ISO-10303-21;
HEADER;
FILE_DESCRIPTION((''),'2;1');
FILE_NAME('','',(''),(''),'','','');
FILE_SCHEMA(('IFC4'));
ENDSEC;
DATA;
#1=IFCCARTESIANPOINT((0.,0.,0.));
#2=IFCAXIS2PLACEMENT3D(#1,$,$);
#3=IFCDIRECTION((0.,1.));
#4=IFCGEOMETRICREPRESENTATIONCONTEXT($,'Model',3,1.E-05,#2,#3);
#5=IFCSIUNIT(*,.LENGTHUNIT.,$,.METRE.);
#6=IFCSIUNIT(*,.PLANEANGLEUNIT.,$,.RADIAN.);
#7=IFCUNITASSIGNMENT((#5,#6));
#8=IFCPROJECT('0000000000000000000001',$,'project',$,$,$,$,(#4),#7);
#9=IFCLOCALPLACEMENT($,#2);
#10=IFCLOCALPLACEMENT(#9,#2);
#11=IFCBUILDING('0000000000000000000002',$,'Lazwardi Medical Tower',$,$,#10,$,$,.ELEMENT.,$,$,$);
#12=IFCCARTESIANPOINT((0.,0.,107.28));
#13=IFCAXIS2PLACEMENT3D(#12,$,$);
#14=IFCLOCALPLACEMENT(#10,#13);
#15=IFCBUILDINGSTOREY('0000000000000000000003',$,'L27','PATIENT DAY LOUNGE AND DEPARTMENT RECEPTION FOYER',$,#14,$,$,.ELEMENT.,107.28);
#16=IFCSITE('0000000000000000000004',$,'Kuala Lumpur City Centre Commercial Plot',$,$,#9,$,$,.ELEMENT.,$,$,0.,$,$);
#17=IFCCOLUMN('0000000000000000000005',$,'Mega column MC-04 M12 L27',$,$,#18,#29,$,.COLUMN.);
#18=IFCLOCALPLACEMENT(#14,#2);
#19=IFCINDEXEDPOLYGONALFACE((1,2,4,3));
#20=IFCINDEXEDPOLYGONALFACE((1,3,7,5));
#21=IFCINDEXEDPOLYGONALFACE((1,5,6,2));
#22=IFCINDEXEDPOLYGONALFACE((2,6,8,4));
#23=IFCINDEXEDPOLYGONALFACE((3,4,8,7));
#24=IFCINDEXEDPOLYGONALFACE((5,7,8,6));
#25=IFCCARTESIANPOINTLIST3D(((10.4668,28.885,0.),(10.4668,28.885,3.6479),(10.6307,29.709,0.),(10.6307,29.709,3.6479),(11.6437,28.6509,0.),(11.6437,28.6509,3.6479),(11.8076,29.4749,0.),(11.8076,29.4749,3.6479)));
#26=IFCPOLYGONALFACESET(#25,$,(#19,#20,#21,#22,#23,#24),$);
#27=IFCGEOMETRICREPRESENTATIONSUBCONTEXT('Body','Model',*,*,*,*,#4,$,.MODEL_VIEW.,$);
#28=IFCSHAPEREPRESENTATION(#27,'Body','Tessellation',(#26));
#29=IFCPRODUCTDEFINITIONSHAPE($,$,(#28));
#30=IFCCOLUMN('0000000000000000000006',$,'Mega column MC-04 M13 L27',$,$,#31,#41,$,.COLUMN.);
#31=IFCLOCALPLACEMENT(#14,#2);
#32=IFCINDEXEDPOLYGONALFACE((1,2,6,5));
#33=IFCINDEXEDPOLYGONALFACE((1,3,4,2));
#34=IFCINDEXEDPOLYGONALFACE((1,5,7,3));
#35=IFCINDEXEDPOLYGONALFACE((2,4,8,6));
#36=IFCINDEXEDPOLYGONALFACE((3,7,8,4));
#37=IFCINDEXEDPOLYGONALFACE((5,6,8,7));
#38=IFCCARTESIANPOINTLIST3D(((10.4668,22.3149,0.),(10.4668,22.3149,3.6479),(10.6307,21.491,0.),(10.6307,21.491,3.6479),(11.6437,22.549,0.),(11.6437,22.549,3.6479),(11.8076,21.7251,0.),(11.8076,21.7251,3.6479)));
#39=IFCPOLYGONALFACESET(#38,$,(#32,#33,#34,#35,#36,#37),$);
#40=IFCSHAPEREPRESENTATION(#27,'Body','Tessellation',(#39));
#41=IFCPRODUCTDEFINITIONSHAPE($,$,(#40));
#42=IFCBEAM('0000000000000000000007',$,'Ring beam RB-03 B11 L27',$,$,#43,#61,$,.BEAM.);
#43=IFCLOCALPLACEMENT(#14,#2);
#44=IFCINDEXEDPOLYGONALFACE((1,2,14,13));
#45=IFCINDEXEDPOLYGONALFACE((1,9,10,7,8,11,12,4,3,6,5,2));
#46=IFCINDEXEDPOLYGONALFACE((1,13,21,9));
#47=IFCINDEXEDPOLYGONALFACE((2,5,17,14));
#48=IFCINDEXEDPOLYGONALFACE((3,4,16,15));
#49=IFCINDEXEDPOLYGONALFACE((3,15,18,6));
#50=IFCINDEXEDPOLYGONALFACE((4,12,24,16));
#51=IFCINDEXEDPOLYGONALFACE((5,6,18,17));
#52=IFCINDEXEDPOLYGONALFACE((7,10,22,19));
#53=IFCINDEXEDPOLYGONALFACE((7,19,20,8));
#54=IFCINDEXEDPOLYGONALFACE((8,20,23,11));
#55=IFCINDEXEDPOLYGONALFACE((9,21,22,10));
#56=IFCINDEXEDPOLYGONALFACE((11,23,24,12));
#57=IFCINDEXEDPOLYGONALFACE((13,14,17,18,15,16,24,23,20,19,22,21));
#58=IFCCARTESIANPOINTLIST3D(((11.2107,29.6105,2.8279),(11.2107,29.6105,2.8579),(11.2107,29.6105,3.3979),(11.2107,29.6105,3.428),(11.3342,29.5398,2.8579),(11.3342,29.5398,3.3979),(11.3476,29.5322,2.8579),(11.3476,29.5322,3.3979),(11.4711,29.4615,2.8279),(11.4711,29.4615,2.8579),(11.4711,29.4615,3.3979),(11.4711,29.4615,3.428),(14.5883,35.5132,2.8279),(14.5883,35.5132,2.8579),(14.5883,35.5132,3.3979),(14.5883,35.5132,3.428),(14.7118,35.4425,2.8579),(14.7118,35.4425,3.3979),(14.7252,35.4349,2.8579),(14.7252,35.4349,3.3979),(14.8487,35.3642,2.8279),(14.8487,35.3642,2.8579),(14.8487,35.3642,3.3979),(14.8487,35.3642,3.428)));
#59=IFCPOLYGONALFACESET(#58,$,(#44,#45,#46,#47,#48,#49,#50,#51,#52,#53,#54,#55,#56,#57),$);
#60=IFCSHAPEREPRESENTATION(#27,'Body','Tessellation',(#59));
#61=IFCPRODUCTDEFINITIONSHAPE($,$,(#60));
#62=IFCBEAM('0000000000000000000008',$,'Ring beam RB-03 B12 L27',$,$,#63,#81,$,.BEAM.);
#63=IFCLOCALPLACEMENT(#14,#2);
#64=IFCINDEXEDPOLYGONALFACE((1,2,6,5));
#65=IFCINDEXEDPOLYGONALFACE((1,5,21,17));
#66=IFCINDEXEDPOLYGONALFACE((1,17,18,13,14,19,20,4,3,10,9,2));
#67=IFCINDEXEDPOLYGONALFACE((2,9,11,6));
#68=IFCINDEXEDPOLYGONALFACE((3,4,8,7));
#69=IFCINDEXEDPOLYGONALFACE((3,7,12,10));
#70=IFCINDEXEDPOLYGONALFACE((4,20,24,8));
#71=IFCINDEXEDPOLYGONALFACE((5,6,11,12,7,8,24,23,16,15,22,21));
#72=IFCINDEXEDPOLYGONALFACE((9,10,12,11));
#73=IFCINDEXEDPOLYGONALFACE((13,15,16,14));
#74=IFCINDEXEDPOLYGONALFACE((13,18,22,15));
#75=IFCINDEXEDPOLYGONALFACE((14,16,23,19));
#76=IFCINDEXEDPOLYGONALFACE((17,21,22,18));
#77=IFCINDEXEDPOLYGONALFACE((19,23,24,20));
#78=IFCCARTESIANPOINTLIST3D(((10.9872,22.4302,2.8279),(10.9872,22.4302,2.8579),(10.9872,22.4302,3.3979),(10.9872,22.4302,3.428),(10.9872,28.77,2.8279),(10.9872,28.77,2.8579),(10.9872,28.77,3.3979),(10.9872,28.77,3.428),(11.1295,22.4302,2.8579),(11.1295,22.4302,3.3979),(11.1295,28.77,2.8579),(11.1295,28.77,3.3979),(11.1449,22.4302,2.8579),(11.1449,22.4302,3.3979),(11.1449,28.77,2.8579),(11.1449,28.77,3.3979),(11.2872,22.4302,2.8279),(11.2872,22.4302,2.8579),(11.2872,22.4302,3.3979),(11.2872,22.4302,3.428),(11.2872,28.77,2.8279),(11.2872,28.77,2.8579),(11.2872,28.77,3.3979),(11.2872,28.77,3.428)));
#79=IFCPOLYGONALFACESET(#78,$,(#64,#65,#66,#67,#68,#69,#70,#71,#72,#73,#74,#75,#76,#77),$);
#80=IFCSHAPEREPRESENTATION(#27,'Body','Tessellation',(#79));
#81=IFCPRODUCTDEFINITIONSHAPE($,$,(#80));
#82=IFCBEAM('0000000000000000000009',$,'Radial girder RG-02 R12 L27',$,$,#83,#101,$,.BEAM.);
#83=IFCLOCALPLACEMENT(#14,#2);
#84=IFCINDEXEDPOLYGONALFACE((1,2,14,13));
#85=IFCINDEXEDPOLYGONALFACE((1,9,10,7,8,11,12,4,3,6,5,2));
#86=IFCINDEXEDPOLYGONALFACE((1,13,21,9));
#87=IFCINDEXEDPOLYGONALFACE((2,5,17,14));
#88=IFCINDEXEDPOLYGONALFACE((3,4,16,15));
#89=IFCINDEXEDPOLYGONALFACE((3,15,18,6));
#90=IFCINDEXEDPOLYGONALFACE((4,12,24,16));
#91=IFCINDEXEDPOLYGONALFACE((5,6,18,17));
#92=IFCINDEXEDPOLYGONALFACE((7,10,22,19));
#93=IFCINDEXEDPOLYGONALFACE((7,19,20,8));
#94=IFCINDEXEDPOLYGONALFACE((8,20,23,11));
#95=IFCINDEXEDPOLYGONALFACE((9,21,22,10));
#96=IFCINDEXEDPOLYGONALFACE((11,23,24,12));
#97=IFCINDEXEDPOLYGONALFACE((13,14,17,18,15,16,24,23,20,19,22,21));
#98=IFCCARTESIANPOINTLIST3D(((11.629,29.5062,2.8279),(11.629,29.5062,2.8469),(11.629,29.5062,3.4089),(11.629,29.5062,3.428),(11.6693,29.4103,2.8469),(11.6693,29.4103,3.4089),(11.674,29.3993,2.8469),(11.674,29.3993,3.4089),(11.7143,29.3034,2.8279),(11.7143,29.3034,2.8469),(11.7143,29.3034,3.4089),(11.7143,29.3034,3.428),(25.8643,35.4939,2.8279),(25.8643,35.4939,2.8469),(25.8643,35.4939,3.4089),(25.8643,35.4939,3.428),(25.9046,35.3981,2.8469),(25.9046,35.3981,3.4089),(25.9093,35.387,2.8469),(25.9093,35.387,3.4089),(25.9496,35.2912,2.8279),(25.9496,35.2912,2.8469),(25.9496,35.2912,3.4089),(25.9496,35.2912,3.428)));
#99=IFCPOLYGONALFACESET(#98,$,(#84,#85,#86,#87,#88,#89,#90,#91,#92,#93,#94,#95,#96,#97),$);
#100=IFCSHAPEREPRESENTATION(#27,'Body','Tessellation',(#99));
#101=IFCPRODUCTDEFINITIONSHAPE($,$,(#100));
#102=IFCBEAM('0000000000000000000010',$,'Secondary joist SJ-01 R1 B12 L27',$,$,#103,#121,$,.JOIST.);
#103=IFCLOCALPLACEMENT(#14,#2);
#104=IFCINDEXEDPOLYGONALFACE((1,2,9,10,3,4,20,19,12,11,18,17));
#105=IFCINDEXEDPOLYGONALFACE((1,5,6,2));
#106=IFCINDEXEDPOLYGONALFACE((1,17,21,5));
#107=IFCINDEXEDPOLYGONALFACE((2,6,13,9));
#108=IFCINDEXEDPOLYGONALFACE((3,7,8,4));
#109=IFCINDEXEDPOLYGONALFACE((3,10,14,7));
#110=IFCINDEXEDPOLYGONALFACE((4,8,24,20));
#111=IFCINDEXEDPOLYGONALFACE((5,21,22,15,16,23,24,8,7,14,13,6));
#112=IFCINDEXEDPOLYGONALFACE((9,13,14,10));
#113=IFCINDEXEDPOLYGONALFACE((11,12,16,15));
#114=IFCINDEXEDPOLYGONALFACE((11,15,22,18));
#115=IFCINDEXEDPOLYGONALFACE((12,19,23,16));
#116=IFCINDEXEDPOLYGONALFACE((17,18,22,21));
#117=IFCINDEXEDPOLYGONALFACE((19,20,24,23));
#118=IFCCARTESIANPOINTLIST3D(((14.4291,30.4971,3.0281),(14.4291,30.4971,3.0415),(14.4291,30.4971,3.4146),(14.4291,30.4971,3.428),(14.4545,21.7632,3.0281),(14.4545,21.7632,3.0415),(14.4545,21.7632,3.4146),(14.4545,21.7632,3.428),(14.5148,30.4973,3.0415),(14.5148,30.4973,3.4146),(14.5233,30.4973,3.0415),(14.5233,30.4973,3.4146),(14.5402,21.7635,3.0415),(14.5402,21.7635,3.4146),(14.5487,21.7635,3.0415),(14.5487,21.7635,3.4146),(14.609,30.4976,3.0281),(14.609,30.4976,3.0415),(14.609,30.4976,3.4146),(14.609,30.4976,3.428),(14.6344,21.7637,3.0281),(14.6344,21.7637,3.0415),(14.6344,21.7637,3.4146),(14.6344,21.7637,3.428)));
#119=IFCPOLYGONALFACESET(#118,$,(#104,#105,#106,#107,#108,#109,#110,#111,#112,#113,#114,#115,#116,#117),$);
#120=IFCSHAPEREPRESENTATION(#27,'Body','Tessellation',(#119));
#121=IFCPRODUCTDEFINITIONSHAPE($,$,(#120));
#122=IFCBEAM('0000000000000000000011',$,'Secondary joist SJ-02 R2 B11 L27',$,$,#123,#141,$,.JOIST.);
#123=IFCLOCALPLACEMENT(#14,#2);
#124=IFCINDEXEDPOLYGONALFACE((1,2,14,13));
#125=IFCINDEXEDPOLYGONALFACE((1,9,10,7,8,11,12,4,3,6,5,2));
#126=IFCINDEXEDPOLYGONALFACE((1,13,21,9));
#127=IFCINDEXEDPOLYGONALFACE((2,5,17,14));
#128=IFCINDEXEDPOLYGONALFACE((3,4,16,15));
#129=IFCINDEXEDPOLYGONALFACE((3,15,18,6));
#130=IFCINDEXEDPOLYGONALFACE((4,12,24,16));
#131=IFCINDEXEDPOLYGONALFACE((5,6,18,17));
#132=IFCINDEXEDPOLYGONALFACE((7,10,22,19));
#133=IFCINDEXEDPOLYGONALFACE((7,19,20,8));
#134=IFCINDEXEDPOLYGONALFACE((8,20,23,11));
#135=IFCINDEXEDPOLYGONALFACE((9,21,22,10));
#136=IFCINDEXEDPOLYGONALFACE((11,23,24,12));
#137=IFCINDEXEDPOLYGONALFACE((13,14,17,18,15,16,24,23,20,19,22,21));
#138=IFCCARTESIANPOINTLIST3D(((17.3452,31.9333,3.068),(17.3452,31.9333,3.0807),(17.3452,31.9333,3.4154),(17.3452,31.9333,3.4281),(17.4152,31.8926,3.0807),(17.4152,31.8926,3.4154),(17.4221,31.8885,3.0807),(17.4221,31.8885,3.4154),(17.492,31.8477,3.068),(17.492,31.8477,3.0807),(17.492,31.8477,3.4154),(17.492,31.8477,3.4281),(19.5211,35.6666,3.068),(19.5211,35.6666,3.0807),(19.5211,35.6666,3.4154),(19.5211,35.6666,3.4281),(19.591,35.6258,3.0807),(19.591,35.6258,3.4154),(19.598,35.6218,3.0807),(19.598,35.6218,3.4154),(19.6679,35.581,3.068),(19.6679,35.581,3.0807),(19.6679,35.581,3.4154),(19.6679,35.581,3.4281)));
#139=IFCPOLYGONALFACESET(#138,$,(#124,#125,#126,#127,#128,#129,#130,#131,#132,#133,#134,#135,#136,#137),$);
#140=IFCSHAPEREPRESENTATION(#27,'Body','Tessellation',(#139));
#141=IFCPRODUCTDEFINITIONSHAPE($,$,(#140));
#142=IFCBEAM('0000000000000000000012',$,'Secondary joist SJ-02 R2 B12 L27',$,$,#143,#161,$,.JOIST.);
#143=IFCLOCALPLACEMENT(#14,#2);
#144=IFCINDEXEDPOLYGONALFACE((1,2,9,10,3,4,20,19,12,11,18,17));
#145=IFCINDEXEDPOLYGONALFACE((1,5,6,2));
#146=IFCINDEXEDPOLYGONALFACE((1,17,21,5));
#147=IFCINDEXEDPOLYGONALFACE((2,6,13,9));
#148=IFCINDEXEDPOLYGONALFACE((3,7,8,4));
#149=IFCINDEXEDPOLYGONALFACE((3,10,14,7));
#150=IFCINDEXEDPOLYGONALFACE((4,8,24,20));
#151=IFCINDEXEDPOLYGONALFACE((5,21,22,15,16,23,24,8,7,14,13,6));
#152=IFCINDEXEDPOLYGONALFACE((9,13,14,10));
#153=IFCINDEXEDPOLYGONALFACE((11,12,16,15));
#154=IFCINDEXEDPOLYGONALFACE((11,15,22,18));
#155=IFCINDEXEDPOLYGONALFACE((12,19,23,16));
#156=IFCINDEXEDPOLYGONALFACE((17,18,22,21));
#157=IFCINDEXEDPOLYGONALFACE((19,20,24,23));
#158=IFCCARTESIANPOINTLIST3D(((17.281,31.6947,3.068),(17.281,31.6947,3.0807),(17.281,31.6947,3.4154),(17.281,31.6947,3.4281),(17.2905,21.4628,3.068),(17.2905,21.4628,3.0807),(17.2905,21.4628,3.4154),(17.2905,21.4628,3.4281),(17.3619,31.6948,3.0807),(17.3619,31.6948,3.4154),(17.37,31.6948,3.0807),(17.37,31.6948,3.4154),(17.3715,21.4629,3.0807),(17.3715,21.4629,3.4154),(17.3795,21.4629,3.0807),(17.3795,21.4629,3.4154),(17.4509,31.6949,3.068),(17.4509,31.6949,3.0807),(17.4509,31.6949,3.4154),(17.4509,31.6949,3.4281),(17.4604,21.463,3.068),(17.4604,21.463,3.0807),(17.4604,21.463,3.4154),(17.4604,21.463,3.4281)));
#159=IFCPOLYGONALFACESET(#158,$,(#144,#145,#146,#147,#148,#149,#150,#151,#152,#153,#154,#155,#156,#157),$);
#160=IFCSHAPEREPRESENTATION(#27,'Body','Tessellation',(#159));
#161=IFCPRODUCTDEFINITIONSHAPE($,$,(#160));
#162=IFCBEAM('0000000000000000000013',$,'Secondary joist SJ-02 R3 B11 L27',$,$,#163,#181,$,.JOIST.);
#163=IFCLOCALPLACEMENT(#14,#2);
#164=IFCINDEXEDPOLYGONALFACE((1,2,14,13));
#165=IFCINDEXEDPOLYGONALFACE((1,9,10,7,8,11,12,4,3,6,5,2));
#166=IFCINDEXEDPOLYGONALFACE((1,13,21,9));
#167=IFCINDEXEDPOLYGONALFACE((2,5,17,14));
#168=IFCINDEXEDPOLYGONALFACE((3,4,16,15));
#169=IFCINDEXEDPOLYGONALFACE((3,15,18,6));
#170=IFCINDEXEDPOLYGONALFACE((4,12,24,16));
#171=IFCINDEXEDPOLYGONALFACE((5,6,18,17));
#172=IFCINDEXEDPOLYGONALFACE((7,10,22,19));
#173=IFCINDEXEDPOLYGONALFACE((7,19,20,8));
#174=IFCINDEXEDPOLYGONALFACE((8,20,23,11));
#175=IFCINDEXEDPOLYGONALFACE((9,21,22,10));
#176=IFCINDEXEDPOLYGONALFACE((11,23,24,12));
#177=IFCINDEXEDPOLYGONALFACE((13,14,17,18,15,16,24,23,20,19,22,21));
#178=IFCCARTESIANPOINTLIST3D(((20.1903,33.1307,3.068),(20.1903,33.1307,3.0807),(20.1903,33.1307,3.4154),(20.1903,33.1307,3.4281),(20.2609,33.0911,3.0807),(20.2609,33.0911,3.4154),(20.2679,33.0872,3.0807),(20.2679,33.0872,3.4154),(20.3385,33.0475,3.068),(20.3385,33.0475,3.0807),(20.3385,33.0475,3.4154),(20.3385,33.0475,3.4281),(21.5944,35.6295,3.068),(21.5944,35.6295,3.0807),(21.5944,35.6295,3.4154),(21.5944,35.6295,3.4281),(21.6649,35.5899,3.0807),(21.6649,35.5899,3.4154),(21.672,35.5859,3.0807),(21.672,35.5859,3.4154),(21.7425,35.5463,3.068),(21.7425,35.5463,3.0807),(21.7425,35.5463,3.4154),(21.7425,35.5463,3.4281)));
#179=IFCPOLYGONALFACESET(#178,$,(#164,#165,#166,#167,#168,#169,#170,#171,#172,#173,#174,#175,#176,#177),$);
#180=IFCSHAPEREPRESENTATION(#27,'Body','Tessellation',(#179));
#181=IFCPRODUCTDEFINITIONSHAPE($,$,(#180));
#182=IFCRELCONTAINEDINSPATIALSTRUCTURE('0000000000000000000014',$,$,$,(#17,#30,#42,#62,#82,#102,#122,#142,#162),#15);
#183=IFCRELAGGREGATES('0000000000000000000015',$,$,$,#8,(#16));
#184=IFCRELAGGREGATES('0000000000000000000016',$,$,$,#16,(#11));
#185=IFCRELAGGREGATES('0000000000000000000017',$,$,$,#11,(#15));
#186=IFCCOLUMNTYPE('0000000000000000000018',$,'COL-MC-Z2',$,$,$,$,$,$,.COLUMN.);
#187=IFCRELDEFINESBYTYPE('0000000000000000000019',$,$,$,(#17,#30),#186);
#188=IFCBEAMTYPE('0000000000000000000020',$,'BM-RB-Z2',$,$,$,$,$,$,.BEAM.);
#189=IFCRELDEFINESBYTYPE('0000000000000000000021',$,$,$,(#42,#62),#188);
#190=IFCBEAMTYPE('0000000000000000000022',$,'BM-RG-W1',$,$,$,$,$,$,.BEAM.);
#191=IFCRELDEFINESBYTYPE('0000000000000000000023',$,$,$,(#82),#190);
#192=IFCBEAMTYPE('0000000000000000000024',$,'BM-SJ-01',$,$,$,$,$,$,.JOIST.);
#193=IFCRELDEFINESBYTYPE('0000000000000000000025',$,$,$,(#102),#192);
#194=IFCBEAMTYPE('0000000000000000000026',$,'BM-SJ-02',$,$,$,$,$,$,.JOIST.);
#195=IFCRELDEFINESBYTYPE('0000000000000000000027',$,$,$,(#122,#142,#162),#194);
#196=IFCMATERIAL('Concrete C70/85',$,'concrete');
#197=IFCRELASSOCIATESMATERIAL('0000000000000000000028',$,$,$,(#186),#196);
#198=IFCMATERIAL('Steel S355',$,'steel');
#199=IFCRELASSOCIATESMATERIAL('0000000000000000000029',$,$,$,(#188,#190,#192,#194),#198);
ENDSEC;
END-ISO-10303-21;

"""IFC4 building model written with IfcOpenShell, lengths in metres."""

from ifc_helpers import new_model, si_unit, direction, frame, origin, origin_2d, place, context, subcontext, project, spatial, rectangle, i_section, extrude, material, material_profile, profile_set, type_object, element, save


model = new_model("IFC4")

# Units and contexts
model_context = context("Model", 3, precision=1e-05, world=origin(), true_north=direction((0.0, 1.0)))
body_context = subcontext(model_context, "Body", "Model", "MODEL_VIEW")
ifc_project = project(units=[si_unit("LENGTHUNIT", "METRE"), si_unit("PLANEANGLEUNIT", "RADIAN")], contexts=[model_context])

# Site, building, storey
site_placement = place(None, origin())
site = spatial("IfcSite", under=ifc_project, at=site_placement, Name="Kuala Lumpur City Centre Commercial Plot", CompositionType="ELEMENT", RefElevation=0.0)
building_placement = place(site_placement, origin())
building = spatial("IfcBuilding", under=site, at=building_placement, Name="Lazwardi Medical Tower", CompositionType="ELEMENT")
storey_placement = place(building_placement, frame((0.0, 0.0, 107.28)))
storey = spatial("IfcBuildingStorey", under=building, at=storey_placement, Name="L27", Description="PATIENT DAY LOUNGE AND DEPARTMENT RECEPTION FOYER", CompositionType="ELEMENT", Elevation=107.28)

# Columns
ifc_material_1 = material(Name="Concrete C70/85", Category="concrete")
ifc_material_profile_1 = material_profile(ifc_material_1, rectangle(XDim=1.2, YDim=0.8401, at=origin_2d()), Name="CFT-RECT 1200x840")
ifc_profile_set_1 = profile_set([ifc_material_profile_1], Name="Concrete C70/85")
column_type = type_object("IfcColumnType", Name="COL-MC-Z2", PredefinedType="COLUMN", material=ifc_profile_set_1)
for number, where, z_axis, x_axis, name in (
    (1, (11.1372, 29.1799, 0.0), (0.0, 0.0, 1.0), (-0.980785, 0.19509, 0.0), "Mega column MC-04 M12 L27"),
    (2, (11.1372, 22.02, 0.0), (0.0, 0.0, 1.0), (-0.980785, -0.19509, 0.0), "Mega column MC-04 M13 L27"),
):
    element("IfcColumn", number, at=place(storey_placement, frame(where, z_axis=z_axis, x_axis=x_axis)), inside=storey, type_object=column_type, Name=name, PredefinedType="COLUMN", context=body_context, shape_type="SweptSolid", body=[
        extrude(rectangle(XDim=1.2, YDim=0.8401, at=origin_2d()), origin(), (0.0, 0.0, 1.0), 3.6479),
    ])

# Beams
ifc_material_2 = material(Name="Steel S355", Category="steel")
ifc_material_profile_2 = material_profile(ifc_material_2, i_section(OverallWidth=0.3, OverallDepth=0.6001, WebThickness=0.0154, FlangeThickness=0.03, at=origin_2d()), Name="HEB 600")
ifc_profile_set_2 = profile_set([ifc_material_profile_2], Name="Steel S355")
beam_type_1 = type_object("IfcBeamType", Name="BM-RB-Z2", PredefinedType="BEAM", material=ifc_profile_set_2)
beam_1_placement = place(storey_placement, frame((14.7185, 35.4387, 3.1279), z_axis=(-0.496653, -0.867949, 0.0), x_axis=(0.867949, -0.496653, 0.0)))
element("IfcBeam", 3, at=beam_1_placement, inside=storey, type_object=beam_type_1, Name="Ring beam RB-03 B11 L27", PredefinedType="BEAM", context=body_context, shape_type="SweptSolid", body=[
    extrude(i_section(OverallWidth=0.3, OverallDepth=0.6001, WebThickness=0.0154, FlangeThickness=0.03, at=origin_2d()), origin(), (0.0, 0.0, 1.0), 6.8008),
])
beam_2_placement = place(storey_placement, frame((11.1372, 28.77, 3.1279), z_axis=(0.0, -1.0, 0.0), x_axis=(1.0, 0.0, 0.0)))
element("IfcBeam", 4, at=beam_2_placement, inside=storey, type_object=beam_type_1, Name="Ring beam RB-03 B12 L27", PredefinedType="BEAM", context=body_context, shape_type="SweptSolid", body=[
    extrude(i_section(OverallWidth=0.3, OverallDepth=0.6001, WebThickness=0.0154, FlangeThickness=0.03, at=origin_2d()), origin(), (0.0, 0.0, 1.0), 6.3398),
])
ifc_material_profile_3 = material_profile(ifc_material_2, i_section(OverallWidth=0.22, OverallDepth=0.6001, WebThickness=0.012, FlangeThickness=0.019, at=origin_2d()), Name="IPE 600")
ifc_profile_set_3 = profile_set([ifc_material_profile_3], Name="Steel S355")
beam_type_2 = type_object("IfcBeamType", Name="BM-RG-W1", PredefinedType="BEAM", material=ifc_profile_set_3)
beam_3_placement = place(storey_placement, frame((11.6716, 29.4048, 3.1279), z_axis=(0.921775, 0.387725, 0.0), x_axis=(-0.387725, 0.921775, 0.0)))
element("IfcBeam", 5, at=beam_3_placement, inside=storey, type_object=beam_type_2, Name="Radial girder RG-02 R12 L27", PredefinedType="BEAM", context=body_context, shape_type="SweptSolid", body=[
    extrude(i_section(OverallWidth=0.22, OverallDepth=0.6001, WebThickness=0.012, FlangeThickness=0.019, at=origin_2d()), origin(), (0.0, 0.0, 1.0), 15.4434),
])
ifc_material_profile_4 = material_profile(ifc_material_2, i_section(OverallWidth=0.1799, OverallDepth=0.3999, WebThickness=0.0085, FlangeThickness=0.0134, at=origin_2d()), Name="IPE 400")
ifc_profile_set_4 = profile_set([ifc_material_profile_4], Name="Steel S355")
beam_type_3 = type_object("IfcBeamType", Name="BM-SJ-01", PredefinedType="JOIST", material=ifc_profile_set_4)
beam_4_placement = place(storey_placement, frame((14.519, 30.4973, 3.228), z_axis=(0.002907, -0.999996, 0.0), x_axis=(0.999996, 0.002907, 0.0)))
element("IfcBeam", 6, at=beam_4_placement, inside=storey, type_object=beam_type_3, Name="Secondary joist SJ-01 R1 B12 L27", PredefinedType="JOIST", context=body_context, shape_type="SweptSolid", body=[
    extrude(i_section(OverallWidth=0.1799, OverallDepth=0.3999, WebThickness=0.0085, FlangeThickness=0.0134, at=origin_2d()), origin(), (0.0, 0.0, 1.0), 8.7339),
])
ifc_material_profile_5 = material_profile(ifc_material_2, i_section(OverallWidth=0.1699, OverallDepth=0.3601, WebThickness=0.0081, FlangeThickness=0.0127, at=origin_2d()), Name="IPE 360")
ifc_profile_set_5 = profile_set([ifc_material_profile_5], Name="Steel S355")
beam_type_4 = type_object("IfcBeamType", Name="BM-SJ-02", PredefinedType="JOIST", material=ifc_profile_set_5)
beam_5_placement = place(storey_placement, frame((19.5945, 35.6238, 3.248), z_axis=(-0.503544, -0.863969, 0.0), x_axis=(0.863969, -0.503544, 0.0)))
element("IfcBeam", 7, at=beam_5_placement, inside=storey, type_object=beam_type_4, Name="Secondary joist SJ-02 R2 B11 L27", PredefinedType="JOIST", context=body_context, shape_type="SweptSolid", body=[
    extrude(i_section(OverallWidth=0.1699, OverallDepth=0.3601, WebThickness=0.0081, FlangeThickness=0.0127, at=origin_2d()), origin(), (0.0, 0.0, 1.0), 4.321),
])
beam_6_placement = place(storey_placement, frame((17.366, 31.6948, 3.248), z_axis=(0.000931, -1.0, 0.0), x_axis=(1.0, 0.000931, 0.0)))
element("IfcBeam", 8, at=beam_6_placement, inside=storey, type_object=beam_type_4, Name="Secondary joist SJ-02 R2 B12 L27", PredefinedType="JOIST", context=body_context, shape_type="SweptSolid", body=[
    extrude(i_section(OverallWidth=0.1699, OverallDepth=0.3601, WebThickness=0.0081, FlangeThickness=0.0127, at=origin_2d()), origin(), (0.0, 0.0, 1.0), 10.2319),
])
beam_7_placement = place(storey_placement, frame((21.6685, 35.5879, 3.248), z_axis=(-0.489861, -0.871801, 0.0), x_axis=(0.871801, -0.489861, 0.0)))
element("IfcBeam", 9, at=beam_7_placement, inside=storey, type_object=beam_type_4, Name="Secondary joist SJ-02 R3 B11 L27", PredefinedType="JOIST", context=body_context, shape_type="SweptSolid", body=[
    extrude(i_section(OverallWidth=0.1699, OverallDepth=0.3601, WebThickness=0.0081, FlangeThickness=0.0127, at=origin_2d()), origin(), (0.0, 0.0, 1.0), 2.8662),
])

save(model, "model.ifc")
